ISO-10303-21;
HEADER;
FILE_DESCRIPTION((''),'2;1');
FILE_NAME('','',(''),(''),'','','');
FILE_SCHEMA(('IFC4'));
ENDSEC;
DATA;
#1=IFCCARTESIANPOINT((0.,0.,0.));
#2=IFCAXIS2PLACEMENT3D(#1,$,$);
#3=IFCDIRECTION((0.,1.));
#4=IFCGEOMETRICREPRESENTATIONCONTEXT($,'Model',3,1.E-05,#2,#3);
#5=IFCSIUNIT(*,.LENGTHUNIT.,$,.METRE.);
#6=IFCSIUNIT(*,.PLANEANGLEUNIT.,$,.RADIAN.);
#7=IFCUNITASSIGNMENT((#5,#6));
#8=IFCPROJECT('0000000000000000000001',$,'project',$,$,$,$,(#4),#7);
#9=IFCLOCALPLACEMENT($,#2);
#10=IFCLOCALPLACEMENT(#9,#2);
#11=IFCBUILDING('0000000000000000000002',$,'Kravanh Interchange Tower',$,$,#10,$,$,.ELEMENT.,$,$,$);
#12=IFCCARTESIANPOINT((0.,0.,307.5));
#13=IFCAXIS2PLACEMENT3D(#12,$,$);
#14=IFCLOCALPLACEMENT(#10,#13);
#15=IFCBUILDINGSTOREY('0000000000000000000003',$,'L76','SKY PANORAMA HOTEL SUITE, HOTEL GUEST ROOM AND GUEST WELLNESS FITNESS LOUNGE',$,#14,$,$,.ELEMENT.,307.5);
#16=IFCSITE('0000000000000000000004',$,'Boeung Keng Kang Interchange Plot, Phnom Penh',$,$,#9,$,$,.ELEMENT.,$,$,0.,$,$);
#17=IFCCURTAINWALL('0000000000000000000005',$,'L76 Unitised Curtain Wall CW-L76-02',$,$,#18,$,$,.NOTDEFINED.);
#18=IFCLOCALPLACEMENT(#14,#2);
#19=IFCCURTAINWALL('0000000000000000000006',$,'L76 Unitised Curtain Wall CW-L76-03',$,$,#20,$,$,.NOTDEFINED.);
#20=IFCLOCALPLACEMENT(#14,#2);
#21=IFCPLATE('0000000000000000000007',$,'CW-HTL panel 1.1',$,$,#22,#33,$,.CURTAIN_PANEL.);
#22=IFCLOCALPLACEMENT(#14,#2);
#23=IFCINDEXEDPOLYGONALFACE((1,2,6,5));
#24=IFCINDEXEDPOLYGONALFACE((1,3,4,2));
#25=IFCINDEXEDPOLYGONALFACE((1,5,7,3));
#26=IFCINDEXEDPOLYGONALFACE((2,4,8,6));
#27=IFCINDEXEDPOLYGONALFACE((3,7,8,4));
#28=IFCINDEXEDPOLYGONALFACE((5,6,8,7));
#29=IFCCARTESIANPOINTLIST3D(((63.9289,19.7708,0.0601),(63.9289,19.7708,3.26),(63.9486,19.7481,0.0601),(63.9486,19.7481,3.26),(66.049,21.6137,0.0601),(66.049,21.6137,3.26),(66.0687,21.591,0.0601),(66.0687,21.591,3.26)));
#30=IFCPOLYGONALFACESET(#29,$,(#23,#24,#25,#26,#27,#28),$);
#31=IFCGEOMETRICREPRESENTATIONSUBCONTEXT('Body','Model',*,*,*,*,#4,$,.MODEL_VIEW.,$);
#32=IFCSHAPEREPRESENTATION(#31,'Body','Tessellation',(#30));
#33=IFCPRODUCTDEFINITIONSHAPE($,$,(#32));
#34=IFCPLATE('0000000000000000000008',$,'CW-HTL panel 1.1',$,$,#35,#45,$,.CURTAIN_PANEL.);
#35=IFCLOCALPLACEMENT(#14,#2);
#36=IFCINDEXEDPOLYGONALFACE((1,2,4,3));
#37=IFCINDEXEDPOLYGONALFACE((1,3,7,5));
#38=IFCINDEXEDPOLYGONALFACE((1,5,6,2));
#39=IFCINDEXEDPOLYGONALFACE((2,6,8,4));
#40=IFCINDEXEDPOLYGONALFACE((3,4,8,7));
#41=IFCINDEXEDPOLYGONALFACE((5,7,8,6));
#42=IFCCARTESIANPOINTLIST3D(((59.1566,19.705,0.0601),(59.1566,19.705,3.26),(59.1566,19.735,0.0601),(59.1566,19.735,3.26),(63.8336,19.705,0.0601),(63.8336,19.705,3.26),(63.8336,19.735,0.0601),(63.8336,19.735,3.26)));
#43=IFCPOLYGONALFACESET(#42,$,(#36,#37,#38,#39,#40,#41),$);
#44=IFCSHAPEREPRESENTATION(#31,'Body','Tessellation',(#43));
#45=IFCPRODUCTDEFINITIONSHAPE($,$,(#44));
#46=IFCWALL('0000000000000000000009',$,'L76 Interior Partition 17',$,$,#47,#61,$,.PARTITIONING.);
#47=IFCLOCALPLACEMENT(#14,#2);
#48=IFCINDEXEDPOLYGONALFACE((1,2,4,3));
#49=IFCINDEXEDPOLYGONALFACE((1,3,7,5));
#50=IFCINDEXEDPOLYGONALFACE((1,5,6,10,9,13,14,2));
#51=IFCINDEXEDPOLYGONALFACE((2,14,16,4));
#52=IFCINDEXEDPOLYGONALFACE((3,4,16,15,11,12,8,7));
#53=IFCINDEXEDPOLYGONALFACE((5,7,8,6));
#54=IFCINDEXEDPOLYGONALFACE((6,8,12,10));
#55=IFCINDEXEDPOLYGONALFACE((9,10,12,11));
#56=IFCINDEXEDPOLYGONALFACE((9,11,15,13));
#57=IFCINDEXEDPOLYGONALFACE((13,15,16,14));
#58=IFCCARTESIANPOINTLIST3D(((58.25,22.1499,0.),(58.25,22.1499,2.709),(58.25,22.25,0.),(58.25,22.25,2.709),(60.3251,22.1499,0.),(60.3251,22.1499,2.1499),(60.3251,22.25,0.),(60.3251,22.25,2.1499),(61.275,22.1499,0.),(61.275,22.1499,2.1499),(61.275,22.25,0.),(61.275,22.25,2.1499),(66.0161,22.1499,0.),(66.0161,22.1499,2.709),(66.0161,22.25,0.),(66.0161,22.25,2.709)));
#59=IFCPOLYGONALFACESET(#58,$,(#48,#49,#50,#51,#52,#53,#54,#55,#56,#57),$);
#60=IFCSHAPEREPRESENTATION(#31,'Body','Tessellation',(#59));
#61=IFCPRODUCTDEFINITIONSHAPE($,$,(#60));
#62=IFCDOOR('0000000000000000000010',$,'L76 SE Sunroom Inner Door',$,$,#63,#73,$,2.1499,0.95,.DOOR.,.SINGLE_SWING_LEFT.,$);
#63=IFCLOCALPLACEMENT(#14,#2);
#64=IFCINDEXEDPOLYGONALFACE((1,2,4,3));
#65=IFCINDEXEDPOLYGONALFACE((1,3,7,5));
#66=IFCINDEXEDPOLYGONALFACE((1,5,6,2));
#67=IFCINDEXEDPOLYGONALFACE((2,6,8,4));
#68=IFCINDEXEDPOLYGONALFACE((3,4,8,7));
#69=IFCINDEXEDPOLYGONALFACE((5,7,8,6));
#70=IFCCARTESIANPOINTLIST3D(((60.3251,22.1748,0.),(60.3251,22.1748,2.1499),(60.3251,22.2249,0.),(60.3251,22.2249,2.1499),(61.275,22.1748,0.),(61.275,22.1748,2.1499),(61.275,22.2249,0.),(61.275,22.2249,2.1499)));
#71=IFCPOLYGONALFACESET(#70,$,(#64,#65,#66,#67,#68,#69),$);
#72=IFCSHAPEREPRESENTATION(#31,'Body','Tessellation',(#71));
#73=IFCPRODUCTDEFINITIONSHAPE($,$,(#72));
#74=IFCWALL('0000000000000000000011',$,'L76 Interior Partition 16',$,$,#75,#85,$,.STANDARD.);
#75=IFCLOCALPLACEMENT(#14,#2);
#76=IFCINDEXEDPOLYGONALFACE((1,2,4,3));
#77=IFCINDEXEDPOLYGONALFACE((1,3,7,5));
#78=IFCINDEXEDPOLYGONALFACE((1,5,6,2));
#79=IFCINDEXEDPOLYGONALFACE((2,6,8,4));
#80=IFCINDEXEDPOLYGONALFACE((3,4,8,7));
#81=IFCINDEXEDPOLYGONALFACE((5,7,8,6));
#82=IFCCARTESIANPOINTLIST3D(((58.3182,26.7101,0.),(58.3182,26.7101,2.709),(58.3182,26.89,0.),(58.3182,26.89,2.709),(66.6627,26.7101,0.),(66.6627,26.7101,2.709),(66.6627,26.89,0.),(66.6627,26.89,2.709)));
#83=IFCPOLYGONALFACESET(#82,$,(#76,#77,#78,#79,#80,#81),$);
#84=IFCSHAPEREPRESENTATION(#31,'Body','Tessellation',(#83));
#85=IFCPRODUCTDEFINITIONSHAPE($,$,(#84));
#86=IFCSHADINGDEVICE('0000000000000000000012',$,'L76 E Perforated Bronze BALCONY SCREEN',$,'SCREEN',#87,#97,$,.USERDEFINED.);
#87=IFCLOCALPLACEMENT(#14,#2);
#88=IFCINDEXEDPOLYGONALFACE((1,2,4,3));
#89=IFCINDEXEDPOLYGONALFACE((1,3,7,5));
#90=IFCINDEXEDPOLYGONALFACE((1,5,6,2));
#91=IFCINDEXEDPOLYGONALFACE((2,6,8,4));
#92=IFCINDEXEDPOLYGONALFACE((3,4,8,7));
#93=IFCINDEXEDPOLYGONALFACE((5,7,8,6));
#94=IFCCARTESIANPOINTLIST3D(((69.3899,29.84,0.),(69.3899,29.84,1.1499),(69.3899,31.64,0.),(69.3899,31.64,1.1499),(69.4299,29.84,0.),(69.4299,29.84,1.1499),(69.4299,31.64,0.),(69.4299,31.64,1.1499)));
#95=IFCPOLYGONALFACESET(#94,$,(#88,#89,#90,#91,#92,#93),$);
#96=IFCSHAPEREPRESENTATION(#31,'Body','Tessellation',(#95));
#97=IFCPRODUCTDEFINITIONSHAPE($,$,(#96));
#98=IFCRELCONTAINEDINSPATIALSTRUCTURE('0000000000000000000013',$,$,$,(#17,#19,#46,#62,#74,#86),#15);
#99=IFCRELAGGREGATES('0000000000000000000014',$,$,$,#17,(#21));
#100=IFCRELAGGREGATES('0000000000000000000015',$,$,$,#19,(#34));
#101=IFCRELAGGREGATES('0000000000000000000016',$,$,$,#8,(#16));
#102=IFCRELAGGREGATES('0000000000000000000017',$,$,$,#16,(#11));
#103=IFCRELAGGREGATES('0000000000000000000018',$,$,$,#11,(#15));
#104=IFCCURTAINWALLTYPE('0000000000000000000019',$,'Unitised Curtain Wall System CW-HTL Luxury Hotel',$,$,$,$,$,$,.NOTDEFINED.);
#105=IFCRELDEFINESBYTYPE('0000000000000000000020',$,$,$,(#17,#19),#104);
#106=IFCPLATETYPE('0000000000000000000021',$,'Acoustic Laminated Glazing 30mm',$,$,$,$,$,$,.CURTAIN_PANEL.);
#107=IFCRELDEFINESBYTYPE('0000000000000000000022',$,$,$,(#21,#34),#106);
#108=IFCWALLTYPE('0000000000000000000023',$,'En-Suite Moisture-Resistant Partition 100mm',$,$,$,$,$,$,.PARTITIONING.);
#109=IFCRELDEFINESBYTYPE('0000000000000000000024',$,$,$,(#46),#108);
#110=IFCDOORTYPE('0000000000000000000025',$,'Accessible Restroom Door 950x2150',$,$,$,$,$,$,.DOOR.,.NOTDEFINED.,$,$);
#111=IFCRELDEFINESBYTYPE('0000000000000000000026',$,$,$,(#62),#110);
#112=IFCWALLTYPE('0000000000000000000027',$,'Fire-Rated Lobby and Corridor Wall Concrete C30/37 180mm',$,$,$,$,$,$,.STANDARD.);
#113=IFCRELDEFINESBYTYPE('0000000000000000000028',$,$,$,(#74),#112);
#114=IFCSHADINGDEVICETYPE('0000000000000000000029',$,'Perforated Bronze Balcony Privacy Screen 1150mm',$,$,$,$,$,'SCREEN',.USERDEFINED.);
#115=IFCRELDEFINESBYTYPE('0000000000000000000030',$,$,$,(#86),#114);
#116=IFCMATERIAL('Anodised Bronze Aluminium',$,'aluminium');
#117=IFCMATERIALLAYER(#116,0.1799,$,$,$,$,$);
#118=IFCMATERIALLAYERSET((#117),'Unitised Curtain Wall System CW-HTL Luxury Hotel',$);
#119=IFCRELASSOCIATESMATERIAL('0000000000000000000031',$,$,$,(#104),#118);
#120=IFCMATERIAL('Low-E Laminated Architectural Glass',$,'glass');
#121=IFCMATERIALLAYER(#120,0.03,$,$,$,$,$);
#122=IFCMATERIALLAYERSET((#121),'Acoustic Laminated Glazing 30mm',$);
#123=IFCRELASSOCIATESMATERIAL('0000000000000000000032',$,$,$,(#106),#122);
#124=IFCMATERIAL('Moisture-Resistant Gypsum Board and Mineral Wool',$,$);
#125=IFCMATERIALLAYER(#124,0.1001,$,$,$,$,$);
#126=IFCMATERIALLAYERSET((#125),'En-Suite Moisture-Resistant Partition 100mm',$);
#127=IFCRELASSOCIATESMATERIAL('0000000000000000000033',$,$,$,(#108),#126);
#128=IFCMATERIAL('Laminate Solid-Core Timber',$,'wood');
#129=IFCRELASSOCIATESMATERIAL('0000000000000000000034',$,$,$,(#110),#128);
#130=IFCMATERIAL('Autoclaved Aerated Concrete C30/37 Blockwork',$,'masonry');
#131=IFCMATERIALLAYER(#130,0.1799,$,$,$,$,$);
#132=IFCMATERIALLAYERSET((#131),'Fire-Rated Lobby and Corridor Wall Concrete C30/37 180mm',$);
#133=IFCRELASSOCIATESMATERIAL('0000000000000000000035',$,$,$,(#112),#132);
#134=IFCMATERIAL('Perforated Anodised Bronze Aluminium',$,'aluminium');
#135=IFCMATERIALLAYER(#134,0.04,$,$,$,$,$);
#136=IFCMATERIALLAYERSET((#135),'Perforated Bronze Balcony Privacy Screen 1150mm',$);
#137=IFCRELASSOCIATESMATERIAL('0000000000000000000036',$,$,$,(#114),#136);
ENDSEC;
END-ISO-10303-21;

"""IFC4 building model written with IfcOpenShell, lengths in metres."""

from ifc_helpers import new_model, si_unit, direction, frame, frame_2d, origin, origin_2d, place, context, subcontext, project, spatial, rectangle, extrude, material, layer, layer_set, type_object, element, fill, aggregate, save


model = new_model("IFC4")

# Units and contexts
model_context = context("Model", 3, precision=1e-05, world=origin(), true_north=direction((0.0, 1.0)))
body_context = subcontext(model_context, "Body", "Model", "MODEL_VIEW")
ifc_project = project(units=[si_unit("LENGTHUNIT", "METRE"), si_unit("PLANEANGLEUNIT", "RADIAN")], contexts=[model_context])

# Site, building, storey
site_placement = place(None, origin())
site = spatial("IfcSite", under=ifc_project, at=site_placement, Name="Boeung Keng Kang Interchange Plot, Phnom Penh", CompositionType="ELEMENT", RefElevation=0.0)
building_placement = place(site_placement, origin())
building = spatial("IfcBuilding", under=site, at=building_placement, Name="Kravanh Interchange Tower", CompositionType="ELEMENT")
storey_placement = place(building_placement, frame((0.0, 0.0, 307.5)))
storey = spatial("IfcBuildingStorey", under=building, at=storey_placement, Name="L76", Description="SKY PANORAMA HOTEL SUITE, HOTEL GUEST ROOM AND GUEST WELLNESS FITNESS LOUNGE", CompositionType="ELEMENT", Elevation=307.5)

# Curtain walls
ifc_material_1 = material(Name="Anodised Bronze Aluminium", Category="aluminium")
ifc_layer_1 = layer(ifc_material_1, 0.1799)
ifc_layer_set_1 = layer_set([ifc_layer_1], Name="Unitised Curtain Wall System CW-HTL Luxury Hotel")
curtain_wall_type = type_object("IfcCurtainWallType", Name="Unitised Curtain Wall System CW-HTL Luxury Hotel", PredefinedType="NOTDEFINED", material=ifc_layer_set_1)
curtain_wall_1_placement = place(storey_placement, origin())
curtain_wall_1 = element("IfcCurtainWall", 1, at=curtain_wall_1_placement, inside=storey, type_object=curtain_wall_type, Name="L76 Unitised Curtain Wall CW-L76-02", PredefinedType="NOTDEFINED")
curtain_wall_2_placement = place(storey_placement, origin())
curtain_wall_2 = element("IfcCurtainWall", 2, at=curtain_wall_2_placement, inside=storey, type_object=curtain_wall_type, Name="L76 Unitised Curtain Wall CW-L76-03", PredefinedType="NOTDEFINED")

# Plates
ifc_material_2 = material(Name="Low-E Laminated Architectural Glass", Category="glass")
ifc_layer_2 = layer(ifc_material_2, 0.03)
ifc_layer_set_2 = layer_set([ifc_layer_2], Name="Acoustic Laminated Glazing 30mm")
plate_type = type_object("IfcPlateType", Name="Acoustic Laminated Glazing 30mm", PredefinedType="CURTAIN_PANEL", material=ifc_layer_set_2)
plate_1_placement = place(storey_placement, frame((64.9988, 20.6809, 0.0601), z_axis=(0.0, 0.0, 1.0), x_axis=(-0.754717, -0.65605, 0.0)))
plate_1 = element("IfcPlate", 3, at=plate_1_placement, type_object=plate_type, Name="CW-HTL panel 1.1", PredefinedType="CURTAIN_PANEL", context=body_context, shape_type="SweptSolid", body=[
    extrude(rectangle(XDim=2.8091, YDim=0.03, at=origin_2d()), origin(), (0.0, 0.0, 1.0), 3.2),
])
aggregate(curtain_wall_1, [plate_1])
plate_2_placement = place(storey_placement, frame((61.4951, 19.72, 0.0601), z_axis=(0.0, 0.0, 1.0), x_axis=(-1.0, 0.0, 0.0)))
plate_2 = element("IfcPlate", 4, at=plate_2_placement, type_object=plate_type, Name="CW-HTL panel 1.1", PredefinedType="CURTAIN_PANEL", context=body_context, shape_type="SweptSolid", body=[
    extrude(rectangle(XDim=4.677, YDim=0.03, at=origin_2d()), origin(), (0.0, 0.0, 1.0), 3.2),
])
aggregate(curtain_wall_2, [plate_2])

# Wall, opening, door
ifc_material_3 = material(Name="Moisture-Resistant Gypsum Board and Mineral Wool")
ifc_layer_3 = layer(ifc_material_3, 0.1001)
ifc_layer_set_3 = layer_set([ifc_layer_3], Name="En-Suite Moisture-Resistant Partition 100mm")
wall_type_1 = type_object("IfcWallType", Name="En-Suite Moisture-Resistant Partition 100mm", PredefinedType="PARTITIONING", material=ifc_layer_set_3)
wall_1_placement = place(storey_placement, frame((58.25, 22.2, 0.0), z_axis=(0.0, 0.0, 1.0), x_axis=(1.0, 0.0, 0.0)))
wall_1 = element("IfcWall", 5, at=wall_1_placement, inside=storey, type_object=wall_type_1, Name="L76 Interior Partition 17", PredefinedType="PARTITIONING", context=body_context, shape_type="SweptSolid", body=[
    extrude(rectangle(XDim=7.7661, YDim=0.1001, at=frame_2d((3.8831, 0.0))), origin(), (0.0, 0.0, 1.0), 2.709),
])
opening_placement = place(wall_1_placement, frame((2.075, 0.0, 0.0)))
opening = element("IfcOpeningElement", 6, at=opening_placement, cuts=wall_1, PredefinedType="OPENING", context=body_context, shape_type="SweptSolid", body=[
    extrude(rectangle(XDim=0.95, YDim=2.1499, at=frame_2d((0.4751, 1.075))), frame((0.0, 0.0601, 0.0), z_axis=(0.0, -1.0, 0.0), x_axis=(1.0, 0.0, 0.0)), (0.0, 0.0, 1.0), 0.1201),
])
ifc_material_4 = material(Name="Laminate Solid-Core Timber", Category="wood")
door_type = type_object("IfcDoorType", Name="Accessible Restroom Door 950x2150", OperationType="NOTDEFINED", PredefinedType="DOOR", material=ifc_material_4)
door_placement = place(opening_placement, origin())
door = element("IfcDoor", 7, at=door_placement, inside=storey, type_object=door_type, Name="L76 SE Sunroom Inner Door", OperationType="SINGLE_SWING_LEFT", OverallHeight=2.1499, OverallWidth=0.95, PredefinedType="DOOR", context=body_context, shape_type="SweptSolid", body=[
    extrude(rectangle(XDim=0.95, YDim=2.1499, at=frame_2d((0.4751, 1.075))), frame((0.0, 0.0249, 0.0), z_axis=(0.0, -1.0, 0.0), x_axis=(1.0, 0.0, 0.0)), (0.0, 0.0, 1.0), 0.05),
])
fill(opening, door)

# Wall
ifc_material_5 = material(Name="Autoclaved Aerated Concrete C30/37 Blockwork", Category="masonry")
ifc_layer_4 = layer(ifc_material_5, 0.1799)
ifc_layer_set_4 = layer_set([ifc_layer_4], Name="Fire-Rated Lobby and Corridor Wall Concrete C30/37 180mm")
wall_type_2 = type_object("IfcWallType", Name="Fire-Rated Lobby and Corridor Wall Concrete C30/37 180mm", PredefinedType="STANDARD", material=ifc_layer_set_4)
wall_2_placement = place(storey_placement, frame((58.3181, 26.8, 0.0), z_axis=(0.0, 0.0, 1.0), x_axis=(1.0, 0.0, 0.0)))
element("IfcWall", 8, at=wall_2_placement, inside=storey, type_object=wall_type_2, Name="L76 Interior Partition 16", PredefinedType="STANDARD", context=body_context, shape_type="SweptSolid", body=[
    extrude(rectangle(XDim=8.3445, YDim=0.1799, at=frame_2d((4.1724, 0.0))), origin(), (0.0, 0.0, 1.0), 2.709),
])

# Shading device
ifc_material_6 = material(Name="Perforated Anodised Bronze Aluminium", Category="aluminium")
ifc_layer_5 = layer(ifc_material_6, 0.04)
ifc_layer_set_5 = layer_set([ifc_layer_5], Name="Perforated Bronze Balcony Privacy Screen 1150mm")
shading_device_type = type_object("IfcShadingDeviceType", Name="Perforated Bronze Balcony Privacy Screen 1150mm", ElementType="SCREEN", PredefinedType="USERDEFINED", material=ifc_layer_set_5)
shading_device_placement = place(storey_placement, frame((69.4099, 30.74, 0.0), z_axis=(0.0, 0.0, 1.0), x_axis=(1.0, 0.0, 0.0)))
element("IfcShadingDevice", 9, at=shading_device_placement, inside=storey, type_object=shading_device_type, Name="L76 E Perforated Bronze BALCONY SCREEN", ObjectType="SCREEN", PredefinedType="USERDEFINED", context=body_context, shape_type="SweptSolid", body=[
    extrude(rectangle(XDim=0.04, YDim=1.8, at=origin_2d()), origin(), (0.0, 0.0, 1.0), 1.1499),
])

save(model, "model.ifc")
